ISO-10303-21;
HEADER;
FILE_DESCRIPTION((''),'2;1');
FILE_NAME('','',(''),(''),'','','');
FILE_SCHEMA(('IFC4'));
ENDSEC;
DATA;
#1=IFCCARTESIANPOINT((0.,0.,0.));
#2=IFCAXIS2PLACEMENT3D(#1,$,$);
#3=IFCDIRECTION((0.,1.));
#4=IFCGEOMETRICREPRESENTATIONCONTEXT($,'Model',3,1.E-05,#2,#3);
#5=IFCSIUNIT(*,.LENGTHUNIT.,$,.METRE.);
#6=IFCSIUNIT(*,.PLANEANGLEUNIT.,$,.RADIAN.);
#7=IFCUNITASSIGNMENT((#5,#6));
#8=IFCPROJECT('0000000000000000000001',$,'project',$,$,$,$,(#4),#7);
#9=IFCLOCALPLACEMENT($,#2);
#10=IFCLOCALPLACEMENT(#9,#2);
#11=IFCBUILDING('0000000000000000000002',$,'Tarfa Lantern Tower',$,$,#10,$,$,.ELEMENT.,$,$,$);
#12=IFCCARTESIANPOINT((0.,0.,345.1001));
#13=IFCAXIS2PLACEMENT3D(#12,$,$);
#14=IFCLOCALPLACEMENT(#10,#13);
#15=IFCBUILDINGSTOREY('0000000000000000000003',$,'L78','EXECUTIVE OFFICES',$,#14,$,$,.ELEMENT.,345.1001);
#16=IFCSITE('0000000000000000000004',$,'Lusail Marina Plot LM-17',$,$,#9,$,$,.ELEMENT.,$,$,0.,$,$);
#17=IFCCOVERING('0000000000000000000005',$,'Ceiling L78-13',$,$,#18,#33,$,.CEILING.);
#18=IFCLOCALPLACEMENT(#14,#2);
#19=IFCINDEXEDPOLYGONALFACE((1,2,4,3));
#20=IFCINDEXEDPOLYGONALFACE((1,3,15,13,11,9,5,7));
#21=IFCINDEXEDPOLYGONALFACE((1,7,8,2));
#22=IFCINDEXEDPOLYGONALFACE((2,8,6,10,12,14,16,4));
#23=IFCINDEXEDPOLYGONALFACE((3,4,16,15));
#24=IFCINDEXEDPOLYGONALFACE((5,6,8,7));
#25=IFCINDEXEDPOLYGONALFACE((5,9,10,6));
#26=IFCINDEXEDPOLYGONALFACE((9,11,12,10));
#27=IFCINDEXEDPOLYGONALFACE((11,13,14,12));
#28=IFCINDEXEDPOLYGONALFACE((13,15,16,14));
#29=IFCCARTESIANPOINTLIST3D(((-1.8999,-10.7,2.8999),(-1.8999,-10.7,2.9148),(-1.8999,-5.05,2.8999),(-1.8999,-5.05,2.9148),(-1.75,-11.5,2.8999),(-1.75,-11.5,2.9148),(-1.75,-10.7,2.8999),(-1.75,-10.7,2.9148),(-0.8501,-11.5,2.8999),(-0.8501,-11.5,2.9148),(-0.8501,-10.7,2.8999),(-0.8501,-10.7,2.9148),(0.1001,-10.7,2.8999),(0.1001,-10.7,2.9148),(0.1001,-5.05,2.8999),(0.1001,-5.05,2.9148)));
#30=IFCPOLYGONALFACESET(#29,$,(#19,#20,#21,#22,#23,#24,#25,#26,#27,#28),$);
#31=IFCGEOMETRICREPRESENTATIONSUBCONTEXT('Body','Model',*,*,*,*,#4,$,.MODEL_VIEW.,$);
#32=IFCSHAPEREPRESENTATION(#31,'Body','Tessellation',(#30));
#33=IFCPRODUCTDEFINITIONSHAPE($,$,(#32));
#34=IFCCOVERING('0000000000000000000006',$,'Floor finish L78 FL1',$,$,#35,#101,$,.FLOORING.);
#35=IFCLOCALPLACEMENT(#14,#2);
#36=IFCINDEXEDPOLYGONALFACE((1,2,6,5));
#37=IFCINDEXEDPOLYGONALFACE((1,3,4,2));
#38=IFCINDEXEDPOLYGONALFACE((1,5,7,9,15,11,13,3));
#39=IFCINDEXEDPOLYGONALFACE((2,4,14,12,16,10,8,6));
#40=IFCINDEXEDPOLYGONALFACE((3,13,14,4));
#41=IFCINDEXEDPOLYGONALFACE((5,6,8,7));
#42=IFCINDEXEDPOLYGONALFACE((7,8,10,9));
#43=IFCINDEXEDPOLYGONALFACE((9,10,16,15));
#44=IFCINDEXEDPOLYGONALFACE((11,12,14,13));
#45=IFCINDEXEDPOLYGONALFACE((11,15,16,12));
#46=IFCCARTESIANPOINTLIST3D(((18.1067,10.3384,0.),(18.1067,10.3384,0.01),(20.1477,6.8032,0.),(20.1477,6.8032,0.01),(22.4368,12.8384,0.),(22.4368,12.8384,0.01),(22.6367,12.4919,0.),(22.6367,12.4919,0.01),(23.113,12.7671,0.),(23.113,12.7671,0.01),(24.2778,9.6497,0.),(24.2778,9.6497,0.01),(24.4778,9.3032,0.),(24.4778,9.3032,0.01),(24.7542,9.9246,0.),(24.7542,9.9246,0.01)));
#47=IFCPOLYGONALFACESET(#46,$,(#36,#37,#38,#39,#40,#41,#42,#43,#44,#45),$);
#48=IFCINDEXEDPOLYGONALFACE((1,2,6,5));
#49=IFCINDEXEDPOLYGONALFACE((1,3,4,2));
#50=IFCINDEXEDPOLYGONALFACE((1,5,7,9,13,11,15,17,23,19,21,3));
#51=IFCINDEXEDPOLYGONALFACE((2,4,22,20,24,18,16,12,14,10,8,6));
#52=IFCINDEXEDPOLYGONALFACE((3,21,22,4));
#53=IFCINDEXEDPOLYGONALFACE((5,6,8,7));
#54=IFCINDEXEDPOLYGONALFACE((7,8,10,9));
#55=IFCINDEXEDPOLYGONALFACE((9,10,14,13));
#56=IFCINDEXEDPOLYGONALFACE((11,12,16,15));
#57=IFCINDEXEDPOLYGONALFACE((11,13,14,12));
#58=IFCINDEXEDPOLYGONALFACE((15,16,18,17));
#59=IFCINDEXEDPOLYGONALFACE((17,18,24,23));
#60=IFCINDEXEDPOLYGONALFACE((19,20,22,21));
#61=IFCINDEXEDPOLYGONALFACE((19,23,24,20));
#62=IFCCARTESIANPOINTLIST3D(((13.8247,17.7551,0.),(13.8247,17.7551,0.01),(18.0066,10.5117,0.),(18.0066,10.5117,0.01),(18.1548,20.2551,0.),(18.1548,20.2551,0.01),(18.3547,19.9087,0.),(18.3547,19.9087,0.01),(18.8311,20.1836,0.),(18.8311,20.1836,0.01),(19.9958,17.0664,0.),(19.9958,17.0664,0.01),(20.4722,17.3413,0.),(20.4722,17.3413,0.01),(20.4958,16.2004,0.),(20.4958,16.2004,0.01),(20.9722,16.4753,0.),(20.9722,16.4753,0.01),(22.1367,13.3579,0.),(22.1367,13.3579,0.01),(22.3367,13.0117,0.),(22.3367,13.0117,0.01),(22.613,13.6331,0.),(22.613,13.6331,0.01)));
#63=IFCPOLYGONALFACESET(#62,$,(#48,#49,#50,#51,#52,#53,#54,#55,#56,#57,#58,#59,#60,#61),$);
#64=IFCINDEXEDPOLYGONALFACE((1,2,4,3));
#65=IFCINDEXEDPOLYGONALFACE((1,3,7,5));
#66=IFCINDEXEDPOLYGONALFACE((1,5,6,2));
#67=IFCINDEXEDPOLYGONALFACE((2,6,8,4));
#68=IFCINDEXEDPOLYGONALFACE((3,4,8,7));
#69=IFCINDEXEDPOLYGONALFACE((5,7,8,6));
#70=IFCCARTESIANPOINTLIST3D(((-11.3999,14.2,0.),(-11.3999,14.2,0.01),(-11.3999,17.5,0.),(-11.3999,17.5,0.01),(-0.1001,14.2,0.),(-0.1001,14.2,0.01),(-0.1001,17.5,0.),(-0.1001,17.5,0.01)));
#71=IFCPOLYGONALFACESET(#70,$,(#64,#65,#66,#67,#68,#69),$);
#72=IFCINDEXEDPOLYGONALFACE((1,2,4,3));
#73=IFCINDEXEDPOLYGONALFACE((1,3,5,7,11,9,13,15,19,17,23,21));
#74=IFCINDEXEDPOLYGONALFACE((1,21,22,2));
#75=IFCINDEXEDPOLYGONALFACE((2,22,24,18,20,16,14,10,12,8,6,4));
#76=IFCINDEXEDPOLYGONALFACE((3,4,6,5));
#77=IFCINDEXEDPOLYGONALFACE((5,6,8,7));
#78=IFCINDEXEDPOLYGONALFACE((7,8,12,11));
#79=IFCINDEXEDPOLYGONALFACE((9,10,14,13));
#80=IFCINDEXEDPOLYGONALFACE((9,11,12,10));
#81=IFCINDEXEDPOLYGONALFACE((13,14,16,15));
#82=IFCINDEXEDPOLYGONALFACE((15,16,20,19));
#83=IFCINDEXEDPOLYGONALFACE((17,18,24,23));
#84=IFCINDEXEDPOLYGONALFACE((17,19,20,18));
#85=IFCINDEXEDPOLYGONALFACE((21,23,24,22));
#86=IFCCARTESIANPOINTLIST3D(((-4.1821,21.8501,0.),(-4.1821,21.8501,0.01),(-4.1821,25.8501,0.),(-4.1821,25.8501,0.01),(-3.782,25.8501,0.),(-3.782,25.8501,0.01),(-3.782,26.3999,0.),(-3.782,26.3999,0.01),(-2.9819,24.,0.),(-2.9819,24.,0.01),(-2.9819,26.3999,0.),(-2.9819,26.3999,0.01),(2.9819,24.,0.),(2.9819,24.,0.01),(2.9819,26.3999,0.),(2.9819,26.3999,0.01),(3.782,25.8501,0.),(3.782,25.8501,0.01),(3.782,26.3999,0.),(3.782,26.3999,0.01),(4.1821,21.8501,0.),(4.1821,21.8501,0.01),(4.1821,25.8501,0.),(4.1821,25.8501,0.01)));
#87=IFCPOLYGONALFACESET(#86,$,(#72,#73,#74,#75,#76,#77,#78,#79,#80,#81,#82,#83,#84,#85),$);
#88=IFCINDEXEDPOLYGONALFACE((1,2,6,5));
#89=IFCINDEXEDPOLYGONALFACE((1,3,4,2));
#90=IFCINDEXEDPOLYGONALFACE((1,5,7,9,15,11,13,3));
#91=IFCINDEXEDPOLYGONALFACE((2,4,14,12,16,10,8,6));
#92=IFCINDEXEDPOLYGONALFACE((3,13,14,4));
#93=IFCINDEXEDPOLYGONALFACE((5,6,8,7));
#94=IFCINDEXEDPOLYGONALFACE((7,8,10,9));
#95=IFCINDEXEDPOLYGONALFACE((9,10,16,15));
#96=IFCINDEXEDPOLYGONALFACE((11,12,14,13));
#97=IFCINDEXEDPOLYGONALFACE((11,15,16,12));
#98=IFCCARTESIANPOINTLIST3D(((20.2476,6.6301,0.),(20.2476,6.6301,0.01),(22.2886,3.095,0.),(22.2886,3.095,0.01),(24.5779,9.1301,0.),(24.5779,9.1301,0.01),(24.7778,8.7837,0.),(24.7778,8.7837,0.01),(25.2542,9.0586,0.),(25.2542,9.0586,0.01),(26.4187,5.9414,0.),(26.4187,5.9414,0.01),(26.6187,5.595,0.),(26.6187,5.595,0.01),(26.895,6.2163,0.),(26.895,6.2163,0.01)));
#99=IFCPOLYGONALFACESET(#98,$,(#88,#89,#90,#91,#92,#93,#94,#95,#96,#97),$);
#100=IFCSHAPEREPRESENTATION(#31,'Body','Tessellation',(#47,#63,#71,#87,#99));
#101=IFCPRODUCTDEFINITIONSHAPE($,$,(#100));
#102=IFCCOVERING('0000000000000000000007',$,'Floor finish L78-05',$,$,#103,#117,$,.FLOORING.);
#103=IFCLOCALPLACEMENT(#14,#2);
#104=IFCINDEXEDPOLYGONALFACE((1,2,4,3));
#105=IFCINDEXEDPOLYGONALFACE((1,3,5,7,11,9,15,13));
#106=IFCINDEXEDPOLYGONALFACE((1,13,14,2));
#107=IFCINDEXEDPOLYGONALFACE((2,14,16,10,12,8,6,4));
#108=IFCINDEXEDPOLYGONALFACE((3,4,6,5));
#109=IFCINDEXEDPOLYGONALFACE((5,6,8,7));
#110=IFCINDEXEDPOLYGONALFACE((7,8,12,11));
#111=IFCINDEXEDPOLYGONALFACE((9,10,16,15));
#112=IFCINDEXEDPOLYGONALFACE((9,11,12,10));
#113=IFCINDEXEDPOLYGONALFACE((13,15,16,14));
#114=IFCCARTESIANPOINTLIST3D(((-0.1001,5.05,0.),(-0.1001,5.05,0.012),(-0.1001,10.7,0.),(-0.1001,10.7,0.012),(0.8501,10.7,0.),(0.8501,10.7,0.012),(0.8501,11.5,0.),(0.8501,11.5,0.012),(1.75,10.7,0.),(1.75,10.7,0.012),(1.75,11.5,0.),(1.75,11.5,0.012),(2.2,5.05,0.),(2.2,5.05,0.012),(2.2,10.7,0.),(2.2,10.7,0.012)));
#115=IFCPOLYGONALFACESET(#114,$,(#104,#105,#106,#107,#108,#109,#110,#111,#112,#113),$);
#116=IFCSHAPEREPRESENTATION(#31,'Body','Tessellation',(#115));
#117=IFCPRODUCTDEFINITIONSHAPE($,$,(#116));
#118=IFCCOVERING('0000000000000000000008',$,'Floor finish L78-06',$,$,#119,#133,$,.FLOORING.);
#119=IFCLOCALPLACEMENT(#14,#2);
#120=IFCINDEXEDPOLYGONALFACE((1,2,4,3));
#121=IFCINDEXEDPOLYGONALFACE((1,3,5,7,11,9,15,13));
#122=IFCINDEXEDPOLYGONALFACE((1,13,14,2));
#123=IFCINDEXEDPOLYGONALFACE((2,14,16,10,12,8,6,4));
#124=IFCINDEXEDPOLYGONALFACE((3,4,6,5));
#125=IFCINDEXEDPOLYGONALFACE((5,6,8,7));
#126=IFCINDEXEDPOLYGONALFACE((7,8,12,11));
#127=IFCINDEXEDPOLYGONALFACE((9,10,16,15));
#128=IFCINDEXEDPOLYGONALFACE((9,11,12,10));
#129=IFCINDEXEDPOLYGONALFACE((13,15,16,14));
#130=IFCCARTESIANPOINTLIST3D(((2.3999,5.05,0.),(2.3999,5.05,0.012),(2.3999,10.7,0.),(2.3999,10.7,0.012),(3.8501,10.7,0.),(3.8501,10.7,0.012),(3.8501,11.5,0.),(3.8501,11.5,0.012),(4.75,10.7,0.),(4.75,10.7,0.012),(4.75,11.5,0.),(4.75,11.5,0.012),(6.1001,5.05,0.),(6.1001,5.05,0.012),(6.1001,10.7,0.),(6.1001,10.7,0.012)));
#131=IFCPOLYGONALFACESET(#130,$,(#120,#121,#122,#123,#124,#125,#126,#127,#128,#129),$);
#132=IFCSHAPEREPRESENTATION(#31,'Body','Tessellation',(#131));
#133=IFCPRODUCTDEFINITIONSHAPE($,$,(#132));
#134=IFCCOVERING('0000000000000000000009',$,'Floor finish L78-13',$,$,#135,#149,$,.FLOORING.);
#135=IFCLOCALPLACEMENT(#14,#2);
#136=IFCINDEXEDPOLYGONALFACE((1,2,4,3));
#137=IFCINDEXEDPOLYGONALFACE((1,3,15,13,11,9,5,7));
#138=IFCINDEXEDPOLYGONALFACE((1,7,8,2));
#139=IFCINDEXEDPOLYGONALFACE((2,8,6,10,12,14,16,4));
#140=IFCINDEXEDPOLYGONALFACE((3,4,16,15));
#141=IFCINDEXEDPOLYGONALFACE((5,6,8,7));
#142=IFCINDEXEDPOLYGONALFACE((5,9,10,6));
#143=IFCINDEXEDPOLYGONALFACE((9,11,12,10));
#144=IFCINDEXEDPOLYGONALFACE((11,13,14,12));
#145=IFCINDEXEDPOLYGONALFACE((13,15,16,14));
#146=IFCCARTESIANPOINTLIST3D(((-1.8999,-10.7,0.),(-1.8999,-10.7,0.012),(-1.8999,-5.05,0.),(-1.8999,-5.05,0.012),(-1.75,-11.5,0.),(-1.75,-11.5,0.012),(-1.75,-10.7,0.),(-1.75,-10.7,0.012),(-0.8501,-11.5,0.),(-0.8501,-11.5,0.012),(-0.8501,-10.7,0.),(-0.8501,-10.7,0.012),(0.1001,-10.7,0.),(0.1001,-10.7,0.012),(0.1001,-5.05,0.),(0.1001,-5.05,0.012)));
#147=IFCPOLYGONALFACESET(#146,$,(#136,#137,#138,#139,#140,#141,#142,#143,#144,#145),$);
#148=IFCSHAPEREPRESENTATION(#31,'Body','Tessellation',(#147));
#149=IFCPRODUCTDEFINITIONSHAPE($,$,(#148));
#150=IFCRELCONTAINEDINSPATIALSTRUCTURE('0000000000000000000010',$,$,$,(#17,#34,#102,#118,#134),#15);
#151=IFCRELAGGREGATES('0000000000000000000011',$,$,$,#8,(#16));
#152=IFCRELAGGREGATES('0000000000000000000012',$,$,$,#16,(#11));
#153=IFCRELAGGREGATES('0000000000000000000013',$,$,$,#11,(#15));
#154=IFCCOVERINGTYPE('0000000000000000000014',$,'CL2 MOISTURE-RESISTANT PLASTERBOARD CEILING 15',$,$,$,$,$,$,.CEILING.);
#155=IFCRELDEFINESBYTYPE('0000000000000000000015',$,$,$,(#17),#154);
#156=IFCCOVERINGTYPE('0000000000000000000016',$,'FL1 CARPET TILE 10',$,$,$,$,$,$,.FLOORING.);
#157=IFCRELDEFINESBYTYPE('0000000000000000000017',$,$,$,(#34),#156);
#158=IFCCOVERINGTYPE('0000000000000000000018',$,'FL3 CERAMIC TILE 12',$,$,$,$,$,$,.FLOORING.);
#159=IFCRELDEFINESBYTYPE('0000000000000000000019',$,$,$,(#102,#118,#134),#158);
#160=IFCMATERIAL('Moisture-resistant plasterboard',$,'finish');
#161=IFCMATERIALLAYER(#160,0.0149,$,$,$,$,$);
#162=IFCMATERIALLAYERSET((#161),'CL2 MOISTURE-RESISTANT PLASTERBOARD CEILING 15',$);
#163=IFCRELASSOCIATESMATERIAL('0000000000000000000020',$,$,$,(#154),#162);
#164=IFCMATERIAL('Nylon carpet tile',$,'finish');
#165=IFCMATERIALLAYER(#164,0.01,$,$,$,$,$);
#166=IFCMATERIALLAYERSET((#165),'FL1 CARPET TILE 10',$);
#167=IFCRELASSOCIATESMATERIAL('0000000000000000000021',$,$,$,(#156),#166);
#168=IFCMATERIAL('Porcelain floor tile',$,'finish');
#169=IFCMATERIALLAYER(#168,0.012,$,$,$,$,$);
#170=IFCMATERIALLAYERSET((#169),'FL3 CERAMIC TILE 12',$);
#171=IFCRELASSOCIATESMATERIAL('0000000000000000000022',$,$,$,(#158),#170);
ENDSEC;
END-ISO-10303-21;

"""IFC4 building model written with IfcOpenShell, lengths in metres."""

from ifc_helpers import new_model, si_unit, direction, frame, origin, place, context, subcontext, project, spatial, polyline, outline, extrude, material, layer, layer_set, type_object, element, save


model = new_model("IFC4")

# Units and contexts
model_context = context("Model", 3, precision=1e-05, world=origin(), true_north=direction((0.0, 1.0)))
body_context = subcontext(model_context, "Body", "Model", "MODEL_VIEW")
ifc_project = project(units=[si_unit("LENGTHUNIT", "METRE"), si_unit("PLANEANGLEUNIT", "RADIAN")], contexts=[model_context])

# Site, building, storey
site_placement = place(None, origin())
site = spatial("IfcSite", under=ifc_project, at=site_placement, Name="Lusail Marina Plot LM-17", CompositionType="ELEMENT", RefElevation=0.0)
building_placement = place(site_placement, origin())
building = spatial("IfcBuilding", under=site, at=building_placement, Name="Tarfa Lantern Tower", CompositionType="ELEMENT")
storey_placement = place(building_placement, frame((0.0, 0.0, 345.1001)))
storey = spatial("IfcBuildingStorey", under=building, at=storey_placement, Name="L78", Description="EXECUTIVE OFFICES", CompositionType="ELEMENT", Elevation=345.1001)

# Coverings
ifc_material_1 = material(Name="Moisture-resistant plasterboard", Category="finish")
ifc_layer_1 = layer(ifc_material_1, 0.0149)
ifc_layer_set_1 = layer_set([ifc_layer_1], Name="CL2 MOISTURE-RESISTANT PLASTERBOARD CEILING 15")
covering_type_1 = type_object("IfcCoveringType", Name="CL2 MOISTURE-RESISTANT PLASTERBOARD CEILING 15", PredefinedType="CEILING", material=ifc_layer_set_1)
covering_1_placement = place(storey_placement, frame((0.0, 0.0, 2.8999)))
element("IfcCovering", 1, at=covering_1_placement, inside=storey, type_object=covering_type_1, Name="Ceiling L78-13", PredefinedType="CEILING", context=body_context, shape_type="SweptSolid", body=[
    extrude(outline(polyline([(-0.8501, -10.7), (0.1001, -10.7), (0.1001, -5.05), (-1.8999, -5.05), (-1.8999, -10.7), (-1.75, -10.7), (-1.75, -11.5), (-1.75, -11.5), (-0.8501, -11.5), (-0.8501, -10.7)])), origin(), (0.0, 0.0, 1.0), 0.0149),
])
ifc_material_2 = material(Name="Nylon carpet tile", Category="finish")
ifc_layer_2 = layer(ifc_material_2, 0.01)
ifc_layer_set_2 = layer_set([ifc_layer_2], Name="FL1 CARPET TILE 10")
covering_type_2 = type_object("IfcCoveringType", Name="FL1 CARPET TILE 10", PredefinedType="FLOORING", material=ifc_layer_set_2)
covering_2_placement = place(storey_placement, origin())
element("IfcCovering", 2, at=covering_2_placement, inside=storey, type_object=covering_type_2, Name="Floor finish L78 FL1", PredefinedType="FLOORING", context=body_context, shape_type="SweptSolid", body=[
    extrude(outline(polyline([(18.1067, 10.3384), (22.4368, 12.8384), (22.6367, 12.4919), (23.113, 12.7671), (24.7542, 9.9246), (24.2778, 9.6497), (24.4778, 9.3032), (20.1477, 6.8032), (18.1067, 10.3384)])), origin(), (0.0, 0.0, 1.0), 0.01),
    extrude(outline(polyline([(13.8247, 17.7551), (18.1548, 20.2551), (18.3547, 19.9087), (18.8311, 20.1836), (20.4722, 17.3413), (19.9958, 17.0664), (20.4958, 16.2004), (20.9722, 16.4753), (22.613, 13.6331), (22.1367, 13.3579), (22.3367, 13.0117), (18.0066, 10.5117), (13.8247, 17.7551)])), origin(), (0.0, 0.0, 1.0), 0.01),
    extrude(outline(polyline([(-11.3999, 17.5), (-0.1001, 17.5), (-0.1001, 14.2), (-11.3999, 14.2), (-11.3999, 17.5)])), origin(), (0.0, 0.0, 1.0), 0.01),
    extrude(outline(polyline([(4.1821, 21.8501), (-4.1821, 21.8501), (-4.1821, 25.8501), (-3.782, 25.8501), (-3.782, 26.3999), (-2.9819, 26.3999), (-2.9819, 24.0), (2.9819, 24.0), (2.9819, 26.3999), (3.782, 26.3999), (3.782, 25.8501), (4.1821, 25.8501), (4.1821, 21.8501)])), origin(), (0.0, 0.0, 1.0), 0.01),
    extrude(outline(polyline([(20.2476, 6.6301), (24.5779, 9.1301), (24.7778, 8.7837), (25.2542, 9.0586), (26.895, 6.2163), (26.4187, 5.9414), (26.6187, 5.595), (22.2886, 3.095), (20.2476, 6.6301)])), origin(), (0.0, 0.0, 1.0), 0.01),
])
ifc_material_3 = material(Name="Porcelain floor tile", Category="finish")
ifc_layer_3 = layer(ifc_material_3, 0.012)
ifc_layer_set_3 = layer_set([ifc_layer_3], Name="FL3 CERAMIC TILE 12")
covering_type_3 = type_object("IfcCoveringType", Name="FL3 CERAMIC TILE 12", PredefinedType="FLOORING", material=ifc_layer_set_3)
covering_3_placement = place(storey_placement, origin())
element("IfcCovering", 3, at=covering_3_placement, inside=storey, type_object=covering_type_3, Name="Floor finish L78-05", PredefinedType="FLOORING", context=body_context, shape_type="SweptSolid", body=[
    extrude(outline(polyline([(0.8501, 10.7), (-0.1001, 10.7), (-0.1001, 5.05), (2.2, 5.05), (2.2, 10.7), (1.75, 10.7), (1.75, 11.5), (0.8501, 11.5), (0.8501, 10.7)])), origin(), (0.0, 0.0, 1.0), 0.012),
])
covering_4_placement = place(storey_placement, origin())
element("IfcCovering", 4, at=covering_4_placement, inside=storey, type_object=covering_type_3, Name="Floor finish L78-06", PredefinedType="FLOORING", context=body_context, shape_type="SweptSolid", body=[
    extrude(outline(polyline([(2.3999, 5.05), (6.1001, 5.05), (6.1001, 10.7), (4.75, 10.7), (4.75, 11.5), (3.8501, 11.5), (3.8501, 10.7), (2.3999, 10.7), (2.3999, 5.05)])), origin(), (0.0, 0.0, 1.0), 0.012),
])
covering_5_placement = place(storey_placement, origin())
element("IfcCovering", 5, at=covering_5_placement, inside=storey, type_object=covering_type_3, Name="Floor finish L78-13", PredefinedType="FLOORING", context=body_context, shape_type="SweptSolid", body=[
    extrude(outline(polyline([(-0.8501, -10.7), (0.1001, -10.7), (0.1001, -5.05), (-1.8999, -5.05), (-1.8999, -10.7), (-1.75, -10.7), (-1.75, -11.5), (-1.75, -11.5), (-0.8501, -11.5), (-0.8501, -10.7)])), origin(), (0.0, 0.0, 1.0), 0.012),
])

save(model, "model.ifc")
